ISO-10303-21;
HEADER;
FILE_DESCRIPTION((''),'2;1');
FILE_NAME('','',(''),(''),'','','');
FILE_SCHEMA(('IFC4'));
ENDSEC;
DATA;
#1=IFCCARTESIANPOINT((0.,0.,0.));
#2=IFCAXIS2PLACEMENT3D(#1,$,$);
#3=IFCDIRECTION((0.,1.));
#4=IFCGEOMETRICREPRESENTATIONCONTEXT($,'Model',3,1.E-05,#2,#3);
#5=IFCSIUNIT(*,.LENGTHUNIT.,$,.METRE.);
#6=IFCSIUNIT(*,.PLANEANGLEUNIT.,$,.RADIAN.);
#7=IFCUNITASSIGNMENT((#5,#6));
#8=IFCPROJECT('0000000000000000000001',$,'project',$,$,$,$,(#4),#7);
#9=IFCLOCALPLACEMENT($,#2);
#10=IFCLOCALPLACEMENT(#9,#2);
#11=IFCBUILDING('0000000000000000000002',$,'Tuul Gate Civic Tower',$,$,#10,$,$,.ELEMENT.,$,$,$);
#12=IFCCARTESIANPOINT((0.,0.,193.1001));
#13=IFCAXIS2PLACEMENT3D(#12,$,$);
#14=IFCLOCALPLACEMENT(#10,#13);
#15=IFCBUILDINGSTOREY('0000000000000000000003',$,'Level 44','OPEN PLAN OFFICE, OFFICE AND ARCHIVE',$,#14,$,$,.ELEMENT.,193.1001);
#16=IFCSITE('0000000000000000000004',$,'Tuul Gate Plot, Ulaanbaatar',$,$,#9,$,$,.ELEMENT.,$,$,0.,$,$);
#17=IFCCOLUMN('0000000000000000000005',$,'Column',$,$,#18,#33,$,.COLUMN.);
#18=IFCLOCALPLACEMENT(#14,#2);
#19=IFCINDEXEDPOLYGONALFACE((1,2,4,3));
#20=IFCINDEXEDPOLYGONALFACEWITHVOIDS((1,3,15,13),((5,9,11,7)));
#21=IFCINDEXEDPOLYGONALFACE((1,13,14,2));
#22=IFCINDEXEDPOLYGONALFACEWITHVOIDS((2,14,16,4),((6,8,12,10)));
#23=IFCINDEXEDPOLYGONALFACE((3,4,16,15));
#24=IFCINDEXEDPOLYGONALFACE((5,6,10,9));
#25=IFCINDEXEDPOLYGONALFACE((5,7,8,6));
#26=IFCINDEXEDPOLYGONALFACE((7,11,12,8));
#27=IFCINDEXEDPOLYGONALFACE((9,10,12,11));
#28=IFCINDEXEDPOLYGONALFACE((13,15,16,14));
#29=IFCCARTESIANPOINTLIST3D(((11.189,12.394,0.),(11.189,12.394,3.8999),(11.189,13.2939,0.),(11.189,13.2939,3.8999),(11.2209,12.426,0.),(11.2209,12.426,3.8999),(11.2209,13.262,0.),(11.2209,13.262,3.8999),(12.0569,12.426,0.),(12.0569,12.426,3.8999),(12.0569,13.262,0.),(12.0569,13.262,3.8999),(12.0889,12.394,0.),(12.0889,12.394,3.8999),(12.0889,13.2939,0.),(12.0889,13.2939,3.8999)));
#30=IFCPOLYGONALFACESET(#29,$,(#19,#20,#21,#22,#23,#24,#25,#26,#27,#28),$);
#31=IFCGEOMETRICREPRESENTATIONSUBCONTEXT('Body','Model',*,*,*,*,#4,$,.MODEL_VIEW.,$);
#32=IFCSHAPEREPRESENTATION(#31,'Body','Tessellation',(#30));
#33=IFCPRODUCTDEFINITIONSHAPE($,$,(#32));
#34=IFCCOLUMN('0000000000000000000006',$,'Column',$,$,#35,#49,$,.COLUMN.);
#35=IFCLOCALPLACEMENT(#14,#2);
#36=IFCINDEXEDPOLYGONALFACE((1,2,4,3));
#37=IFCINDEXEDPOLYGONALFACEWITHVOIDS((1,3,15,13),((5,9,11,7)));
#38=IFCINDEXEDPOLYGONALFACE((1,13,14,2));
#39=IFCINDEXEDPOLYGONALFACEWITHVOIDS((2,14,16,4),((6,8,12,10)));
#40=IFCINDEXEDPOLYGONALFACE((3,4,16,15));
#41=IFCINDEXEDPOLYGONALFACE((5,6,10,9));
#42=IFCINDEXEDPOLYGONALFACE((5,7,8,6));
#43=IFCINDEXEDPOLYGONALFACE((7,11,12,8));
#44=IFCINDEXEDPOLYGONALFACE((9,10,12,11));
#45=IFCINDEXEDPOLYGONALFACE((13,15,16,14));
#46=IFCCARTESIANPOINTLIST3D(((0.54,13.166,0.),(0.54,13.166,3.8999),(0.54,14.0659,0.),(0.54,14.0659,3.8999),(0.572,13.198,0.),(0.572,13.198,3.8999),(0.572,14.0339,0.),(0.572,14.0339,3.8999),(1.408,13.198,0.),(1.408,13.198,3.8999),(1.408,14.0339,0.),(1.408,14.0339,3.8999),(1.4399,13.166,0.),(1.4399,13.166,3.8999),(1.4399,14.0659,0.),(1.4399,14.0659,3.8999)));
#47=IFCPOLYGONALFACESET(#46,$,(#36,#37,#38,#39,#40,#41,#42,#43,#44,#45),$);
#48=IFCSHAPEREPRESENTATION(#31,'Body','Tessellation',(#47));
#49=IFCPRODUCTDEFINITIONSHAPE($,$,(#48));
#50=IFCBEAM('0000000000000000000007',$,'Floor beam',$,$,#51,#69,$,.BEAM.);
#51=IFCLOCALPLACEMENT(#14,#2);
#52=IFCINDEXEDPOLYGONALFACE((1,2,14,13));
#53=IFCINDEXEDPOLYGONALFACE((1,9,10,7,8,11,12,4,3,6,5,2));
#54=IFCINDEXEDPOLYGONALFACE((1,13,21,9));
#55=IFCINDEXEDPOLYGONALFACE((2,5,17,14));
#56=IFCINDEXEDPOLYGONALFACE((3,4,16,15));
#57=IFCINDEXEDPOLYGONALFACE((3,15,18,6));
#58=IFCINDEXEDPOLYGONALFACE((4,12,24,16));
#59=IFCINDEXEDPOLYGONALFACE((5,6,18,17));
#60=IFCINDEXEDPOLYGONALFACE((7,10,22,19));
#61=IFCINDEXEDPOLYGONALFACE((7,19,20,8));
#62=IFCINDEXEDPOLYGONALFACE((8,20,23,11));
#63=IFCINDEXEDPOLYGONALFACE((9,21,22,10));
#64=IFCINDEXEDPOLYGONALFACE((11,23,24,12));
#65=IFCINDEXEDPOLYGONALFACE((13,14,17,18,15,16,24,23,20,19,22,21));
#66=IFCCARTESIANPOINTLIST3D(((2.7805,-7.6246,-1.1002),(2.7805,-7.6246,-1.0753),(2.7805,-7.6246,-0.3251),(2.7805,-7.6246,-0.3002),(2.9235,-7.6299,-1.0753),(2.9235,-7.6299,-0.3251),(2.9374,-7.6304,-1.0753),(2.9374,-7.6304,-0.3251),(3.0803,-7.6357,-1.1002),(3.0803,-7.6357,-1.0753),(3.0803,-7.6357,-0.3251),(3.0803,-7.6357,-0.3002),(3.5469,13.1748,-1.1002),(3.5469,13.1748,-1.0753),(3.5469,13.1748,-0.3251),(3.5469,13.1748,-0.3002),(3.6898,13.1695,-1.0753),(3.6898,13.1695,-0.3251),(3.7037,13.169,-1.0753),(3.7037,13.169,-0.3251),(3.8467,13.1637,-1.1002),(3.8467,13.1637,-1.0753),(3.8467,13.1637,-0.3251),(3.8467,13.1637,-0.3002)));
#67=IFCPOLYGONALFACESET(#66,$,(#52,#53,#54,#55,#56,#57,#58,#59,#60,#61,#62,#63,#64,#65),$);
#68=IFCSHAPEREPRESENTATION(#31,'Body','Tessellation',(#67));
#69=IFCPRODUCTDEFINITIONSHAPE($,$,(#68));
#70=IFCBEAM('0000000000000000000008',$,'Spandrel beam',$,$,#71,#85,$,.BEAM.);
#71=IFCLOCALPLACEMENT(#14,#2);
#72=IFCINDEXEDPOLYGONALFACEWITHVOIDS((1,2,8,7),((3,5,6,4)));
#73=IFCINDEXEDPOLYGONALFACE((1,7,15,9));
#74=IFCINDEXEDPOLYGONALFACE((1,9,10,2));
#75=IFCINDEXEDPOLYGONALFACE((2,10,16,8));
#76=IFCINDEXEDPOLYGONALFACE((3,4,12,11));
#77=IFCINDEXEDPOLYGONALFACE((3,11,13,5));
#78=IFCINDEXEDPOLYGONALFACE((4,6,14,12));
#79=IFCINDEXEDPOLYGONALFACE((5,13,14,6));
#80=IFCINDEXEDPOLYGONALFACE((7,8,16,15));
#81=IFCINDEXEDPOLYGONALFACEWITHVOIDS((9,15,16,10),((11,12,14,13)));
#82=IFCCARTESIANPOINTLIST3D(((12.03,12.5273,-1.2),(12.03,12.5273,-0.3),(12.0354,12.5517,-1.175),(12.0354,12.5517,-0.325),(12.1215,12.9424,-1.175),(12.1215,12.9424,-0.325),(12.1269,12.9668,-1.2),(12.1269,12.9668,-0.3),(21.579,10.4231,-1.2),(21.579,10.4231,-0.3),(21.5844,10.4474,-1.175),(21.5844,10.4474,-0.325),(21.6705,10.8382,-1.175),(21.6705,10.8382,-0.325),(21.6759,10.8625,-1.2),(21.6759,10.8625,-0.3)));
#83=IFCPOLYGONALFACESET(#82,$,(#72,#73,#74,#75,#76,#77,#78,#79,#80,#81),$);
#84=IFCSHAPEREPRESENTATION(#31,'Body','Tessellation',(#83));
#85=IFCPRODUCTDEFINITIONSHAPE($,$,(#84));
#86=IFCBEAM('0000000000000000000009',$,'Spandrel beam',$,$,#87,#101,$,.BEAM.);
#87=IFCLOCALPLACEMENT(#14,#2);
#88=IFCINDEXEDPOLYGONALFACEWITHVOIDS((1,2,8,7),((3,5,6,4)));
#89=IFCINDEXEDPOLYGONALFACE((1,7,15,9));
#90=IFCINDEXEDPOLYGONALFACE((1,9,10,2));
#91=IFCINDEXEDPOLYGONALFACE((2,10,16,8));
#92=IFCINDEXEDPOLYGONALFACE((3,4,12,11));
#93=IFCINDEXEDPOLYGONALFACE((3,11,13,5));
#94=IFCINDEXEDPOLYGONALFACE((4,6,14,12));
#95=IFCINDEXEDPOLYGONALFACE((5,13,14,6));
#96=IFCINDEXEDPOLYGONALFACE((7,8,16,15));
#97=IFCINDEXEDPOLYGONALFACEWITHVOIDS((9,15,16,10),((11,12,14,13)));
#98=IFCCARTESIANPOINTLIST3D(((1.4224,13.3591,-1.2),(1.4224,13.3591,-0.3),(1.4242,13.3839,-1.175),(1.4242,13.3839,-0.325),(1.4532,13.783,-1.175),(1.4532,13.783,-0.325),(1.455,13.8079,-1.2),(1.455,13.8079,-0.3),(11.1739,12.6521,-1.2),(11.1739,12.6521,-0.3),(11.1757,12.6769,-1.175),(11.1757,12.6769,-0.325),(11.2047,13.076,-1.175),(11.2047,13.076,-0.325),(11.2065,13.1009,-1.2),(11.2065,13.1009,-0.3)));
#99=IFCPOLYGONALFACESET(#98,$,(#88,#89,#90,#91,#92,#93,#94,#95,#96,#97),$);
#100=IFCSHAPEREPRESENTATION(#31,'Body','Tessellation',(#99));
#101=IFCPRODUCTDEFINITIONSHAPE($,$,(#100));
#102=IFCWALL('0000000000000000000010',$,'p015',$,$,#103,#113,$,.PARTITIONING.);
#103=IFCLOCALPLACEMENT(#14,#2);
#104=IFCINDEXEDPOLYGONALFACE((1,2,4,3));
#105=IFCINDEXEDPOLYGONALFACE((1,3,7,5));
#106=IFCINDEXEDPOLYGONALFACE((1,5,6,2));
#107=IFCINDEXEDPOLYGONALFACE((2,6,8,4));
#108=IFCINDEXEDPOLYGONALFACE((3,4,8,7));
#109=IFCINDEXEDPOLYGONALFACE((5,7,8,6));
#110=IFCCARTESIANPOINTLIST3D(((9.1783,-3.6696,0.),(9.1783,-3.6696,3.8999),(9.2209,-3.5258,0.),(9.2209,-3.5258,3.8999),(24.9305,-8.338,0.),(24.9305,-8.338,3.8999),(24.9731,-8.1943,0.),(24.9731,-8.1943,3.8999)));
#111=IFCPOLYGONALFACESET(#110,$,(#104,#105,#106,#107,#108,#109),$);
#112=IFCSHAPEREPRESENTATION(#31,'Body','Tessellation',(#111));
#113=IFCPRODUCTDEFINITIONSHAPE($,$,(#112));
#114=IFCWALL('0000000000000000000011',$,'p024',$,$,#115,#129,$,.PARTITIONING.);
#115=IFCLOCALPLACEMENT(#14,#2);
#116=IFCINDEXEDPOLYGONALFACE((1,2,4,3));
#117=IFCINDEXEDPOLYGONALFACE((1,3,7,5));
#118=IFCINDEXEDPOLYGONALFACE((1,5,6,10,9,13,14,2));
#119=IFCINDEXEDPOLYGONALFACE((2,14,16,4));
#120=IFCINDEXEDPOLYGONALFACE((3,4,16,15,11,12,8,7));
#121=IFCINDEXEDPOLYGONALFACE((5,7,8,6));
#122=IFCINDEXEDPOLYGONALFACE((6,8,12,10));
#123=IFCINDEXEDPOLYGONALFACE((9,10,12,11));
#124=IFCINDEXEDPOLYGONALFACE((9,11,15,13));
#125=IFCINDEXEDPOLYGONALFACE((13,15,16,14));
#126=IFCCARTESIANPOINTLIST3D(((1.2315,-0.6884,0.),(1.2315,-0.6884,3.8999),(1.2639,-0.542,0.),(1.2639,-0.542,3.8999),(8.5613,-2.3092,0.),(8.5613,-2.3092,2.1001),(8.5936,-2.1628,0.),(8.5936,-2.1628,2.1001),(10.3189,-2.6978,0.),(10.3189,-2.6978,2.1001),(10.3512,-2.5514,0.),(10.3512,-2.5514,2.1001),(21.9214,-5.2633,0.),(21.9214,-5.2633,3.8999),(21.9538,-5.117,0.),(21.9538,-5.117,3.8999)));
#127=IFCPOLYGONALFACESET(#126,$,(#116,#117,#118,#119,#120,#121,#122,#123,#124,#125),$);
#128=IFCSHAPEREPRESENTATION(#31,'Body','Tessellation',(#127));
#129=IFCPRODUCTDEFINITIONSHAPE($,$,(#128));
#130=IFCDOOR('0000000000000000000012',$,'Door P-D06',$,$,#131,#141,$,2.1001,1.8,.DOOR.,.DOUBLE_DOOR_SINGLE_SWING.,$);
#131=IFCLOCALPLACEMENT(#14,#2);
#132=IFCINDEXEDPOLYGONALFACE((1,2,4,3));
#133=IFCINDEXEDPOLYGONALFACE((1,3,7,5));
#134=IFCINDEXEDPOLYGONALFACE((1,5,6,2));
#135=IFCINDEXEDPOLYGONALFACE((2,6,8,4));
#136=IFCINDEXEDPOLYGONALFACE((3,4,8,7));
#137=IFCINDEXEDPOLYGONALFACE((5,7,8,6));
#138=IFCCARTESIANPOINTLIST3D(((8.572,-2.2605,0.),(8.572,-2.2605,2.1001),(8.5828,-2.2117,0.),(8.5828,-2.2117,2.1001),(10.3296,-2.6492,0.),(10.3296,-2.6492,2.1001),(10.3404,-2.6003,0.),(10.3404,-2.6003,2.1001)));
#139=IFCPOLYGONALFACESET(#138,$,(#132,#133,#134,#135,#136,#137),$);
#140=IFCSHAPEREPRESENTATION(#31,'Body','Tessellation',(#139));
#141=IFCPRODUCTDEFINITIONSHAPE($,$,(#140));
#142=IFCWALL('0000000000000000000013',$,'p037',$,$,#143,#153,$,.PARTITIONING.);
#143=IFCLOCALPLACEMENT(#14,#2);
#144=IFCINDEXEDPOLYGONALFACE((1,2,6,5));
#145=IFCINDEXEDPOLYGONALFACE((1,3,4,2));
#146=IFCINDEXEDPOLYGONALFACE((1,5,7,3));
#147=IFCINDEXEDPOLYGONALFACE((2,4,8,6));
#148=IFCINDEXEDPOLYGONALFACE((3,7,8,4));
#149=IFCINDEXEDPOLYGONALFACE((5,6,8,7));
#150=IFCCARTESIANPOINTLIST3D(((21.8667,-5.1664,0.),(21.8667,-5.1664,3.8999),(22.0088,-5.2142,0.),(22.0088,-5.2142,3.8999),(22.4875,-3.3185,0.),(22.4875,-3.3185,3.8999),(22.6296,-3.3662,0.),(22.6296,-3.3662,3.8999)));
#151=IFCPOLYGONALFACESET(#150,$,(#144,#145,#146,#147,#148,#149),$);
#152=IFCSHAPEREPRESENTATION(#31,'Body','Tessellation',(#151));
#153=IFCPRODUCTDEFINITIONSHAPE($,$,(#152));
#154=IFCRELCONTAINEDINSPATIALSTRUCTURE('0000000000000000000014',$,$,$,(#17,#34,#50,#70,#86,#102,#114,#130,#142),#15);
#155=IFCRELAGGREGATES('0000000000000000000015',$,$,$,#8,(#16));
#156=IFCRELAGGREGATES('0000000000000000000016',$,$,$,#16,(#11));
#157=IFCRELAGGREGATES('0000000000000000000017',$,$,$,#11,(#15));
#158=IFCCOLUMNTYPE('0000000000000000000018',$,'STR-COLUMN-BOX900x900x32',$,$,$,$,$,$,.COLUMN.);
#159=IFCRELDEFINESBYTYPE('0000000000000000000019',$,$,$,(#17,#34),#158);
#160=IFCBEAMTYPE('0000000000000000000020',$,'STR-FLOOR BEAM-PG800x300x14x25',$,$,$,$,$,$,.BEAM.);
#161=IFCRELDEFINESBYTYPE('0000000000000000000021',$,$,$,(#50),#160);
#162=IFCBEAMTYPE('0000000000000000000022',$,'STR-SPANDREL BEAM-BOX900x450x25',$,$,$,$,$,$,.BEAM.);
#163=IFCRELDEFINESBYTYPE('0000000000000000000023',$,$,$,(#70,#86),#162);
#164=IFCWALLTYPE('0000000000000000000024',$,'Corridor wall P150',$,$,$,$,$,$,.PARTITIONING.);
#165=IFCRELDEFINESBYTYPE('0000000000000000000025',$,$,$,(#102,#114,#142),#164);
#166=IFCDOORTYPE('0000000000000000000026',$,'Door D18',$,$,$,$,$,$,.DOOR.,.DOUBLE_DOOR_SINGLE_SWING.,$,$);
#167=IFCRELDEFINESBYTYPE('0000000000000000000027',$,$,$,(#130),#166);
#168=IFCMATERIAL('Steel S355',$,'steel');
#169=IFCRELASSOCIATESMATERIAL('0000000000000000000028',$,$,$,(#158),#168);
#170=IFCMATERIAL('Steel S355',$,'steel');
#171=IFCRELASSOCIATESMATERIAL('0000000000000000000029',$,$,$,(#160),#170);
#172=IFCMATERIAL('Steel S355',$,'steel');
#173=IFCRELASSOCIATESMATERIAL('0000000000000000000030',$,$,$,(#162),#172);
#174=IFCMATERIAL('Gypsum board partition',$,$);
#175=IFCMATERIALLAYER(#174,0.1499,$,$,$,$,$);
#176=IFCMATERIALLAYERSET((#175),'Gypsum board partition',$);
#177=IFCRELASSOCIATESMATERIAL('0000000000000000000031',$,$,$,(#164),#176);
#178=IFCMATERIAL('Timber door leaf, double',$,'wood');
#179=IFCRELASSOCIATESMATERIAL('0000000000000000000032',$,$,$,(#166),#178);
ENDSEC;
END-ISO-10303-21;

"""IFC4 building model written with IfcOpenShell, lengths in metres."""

from ifc_helpers import new_model, si_unit, direction, frame, frame_2d, origin, origin_2d, place, context, subcontext, project, spatial, rectangle, hollow_rectangle, i_section, extrude, material, layer, layer_set, material_profile, profile_set, type_object, element, fill, save


model = new_model("IFC4")

# Units and contexts
model_context = context("Model", 3, precision=1e-05, world=origin(), true_north=direction((0.0, 1.0)))
body_context = subcontext(model_context, "Body", "Model", "MODEL_VIEW")
ifc_project = project(units=[si_unit("LENGTHUNIT", "METRE"), si_unit("PLANEANGLEUNIT", "RADIAN")], contexts=[model_context])

# Site, building, storey
site_placement = place(None, origin())
site = spatial("IfcSite", under=ifc_project, at=site_placement, Name="Tuul Gate Plot, Ulaanbaatar", CompositionType="ELEMENT", RefElevation=0.0)
building_placement = place(site_placement, origin())
building = spatial("IfcBuilding", under=site, at=building_placement, Name="Tuul Gate Civic Tower", CompositionType="ELEMENT")
storey_placement = place(building_placement, frame((0.0, 0.0, 193.1001)))
storey = spatial("IfcBuildingStorey", under=building, at=storey_placement, Name="Level 44", Description="OPEN PLAN OFFICE, OFFICE AND ARCHIVE", CompositionType="ELEMENT", Elevation=193.1001)

# Columns
ifc_material_1 = material(Name="Steel S355", Category="steel")
ifc_material_profile_1 = material_profile(ifc_material_1, hollow_rectangle(XDim=0.8999, YDim=0.8999, WallThickness=0.032, at=origin_2d()), Name="BOX900x900x32")
ifc_profile_set_1 = profile_set([ifc_material_profile_1], Name="Steel S355")
column_type = type_object("IfcColumnType", Name="STR-COLUMN-BOX900x900x32", PredefinedType="COLUMN", material=ifc_profile_set_1)
for number, where, z_axis, x_axis, name in (
    (1, (11.6389, 12.844, 0.0), (0.0, 0.0, 1.0), (1.0, 0.0, 0.0), "Column"),
    (2, (0.99, 13.616, 0.0), (0.0, 0.0, 1.0), (1.0, 0.0, 0.0), "Column"),
):
    element("IfcColumn", number, at=place(storey_placement, frame(where, z_axis=z_axis, x_axis=x_axis)), inside=storey, type_object=column_type, Name=name, PredefinedType="COLUMN", context=body_context, shape_type="SweptSolid", body=[
        extrude(hollow_rectangle(XDim=0.8999, YDim=0.8999, WallThickness=0.032, at=origin_2d()), origin(), (0.0, 0.0, 1.0), 3.8999),
    ])

# Beams
ifc_material_2 = material(Name="Steel S355", Category="steel")
ifc_material_profile_2 = material_profile(ifc_material_2, i_section(OverallWidth=0.3, OverallDepth=0.8, WebThickness=0.0139, FlangeThickness=0.0249, at=origin_2d()), Name="PG800x300x14x25")
ifc_profile_set_2 = profile_set([ifc_material_profile_2], Name="Steel S355")
beam_type_1 = type_object("IfcBeamType", Name="STR-FLOOR BEAM-PG800x300x14x25", PredefinedType="BEAM", material=ifc_profile_set_2)
beam_1_placement = place(storey_placement, frame((2.9304, -7.6301, -0.7002), z_axis=(0.03682, 0.999322, 0.0), x_axis=(-0.999322, 0.03682, 0.0)))
element("IfcBeam", 3, at=beam_1_placement, inside=storey, type_object=beam_type_1, Name="Floor beam", PredefinedType="BEAM", context=body_context, shape_type="SweptSolid", body=[
    extrude(i_section(OverallWidth=0.3, OverallDepth=0.8, WebThickness=0.0139, FlangeThickness=0.0249, at=origin_2d()), origin(), (0.0, 0.0, 1.0), 20.8135),
])
ifc_material_3 = material(Name="Steel S355", Category="steel")
ifc_material_profile_3 = material_profile(ifc_material_3, hollow_rectangle(XDim=0.45, YDim=0.8999, WallThickness=0.0249, at=origin_2d()), Name="BOX900x450x25")
ifc_profile_set_3 = profile_set([ifc_material_profile_3], Name="Steel S355")
beam_type_2 = type_object("IfcBeamType", Name="STR-SPANDREL BEAM-BOX900x450x25", PredefinedType="BEAM", material=ifc_profile_set_3)
beam_2_placement = place(storey_placement, frame((21.6274, 10.6428, -0.75), z_axis=(-0.97657, 0.215199, 0.0), x_axis=(-0.215199, -0.97657, 0.0)))
element("IfcBeam", 4, at=beam_2_placement, inside=storey, type_object=beam_type_2, Name="Spandrel beam", PredefinedType="BEAM", context=body_context, shape_type="SweptSolid", body=[
    extrude(hollow_rectangle(XDim=0.45, YDim=0.8999, WallThickness=0.0249, at=origin_2d()), origin(), (0.0, 0.0, 1.0), 9.7781),
])
beam_3_placement = place(storey_placement, frame((11.1902, 12.8765, -0.75), z_axis=(-0.997382, 0.072315, 0.0), x_axis=(-0.072315, -0.997382, 0.0)))
element("IfcBeam", 5, at=beam_3_placement, inside=storey, type_object=beam_type_2, Name="Spandrel beam", PredefinedType="BEAM", context=body_context, shape_type="SweptSolid", body=[
    extrude(hollow_rectangle(XDim=0.45, YDim=0.8999, WallThickness=0.0249, at=origin_2d()), origin(), (0.0, 0.0, 1.0), 9.7771),
])

# Wall
ifc_material_4 = material(Name="Gypsum board partition")
ifc_layer_1 = layer(ifc_material_4, 0.1499)
ifc_layer_set_1 = layer_set([ifc_layer_1], Name="Gypsum board partition")
wall_type_1 = type_object("IfcWallType", Name="Corridor wall P150", PredefinedType="PARTITIONING", material=ifc_layer_set_1)
wall_1_placement = place(storey_placement, frame((9.1995, -3.5977, 0.0), z_axis=(0.0, 0.0, 1.0), x_axis=(0.958779, -0.284152, 0.0)))
element("IfcWall", 6, at=wall_1_placement, inside=storey, type_object=wall_type_1, Name="p015", PredefinedType="PARTITIONING", context=body_context, shape_type="SweptSolid", body=[
    extrude(rectangle(XDim=16.4294, YDim=0.1499, at=frame_2d((8.2148, 0.0))), origin(), (0.0, 0.0, 1.0), 3.8999),
])

# Wall, opening, door
wall_2_placement = place(storey_placement, frame((1.2478, -0.6152, 0.0), z_axis=(0.0, 0.0, 1.0), x_axis=(0.976415, -0.215904, 0.0)))
wall_2 = element("IfcWall", 7, at=wall_2_placement, inside=storey, type_object=wall_type_1, Name="p024", PredefinedType="PARTITIONING", context=body_context, shape_type="SweptSolid", body=[
    extrude(rectangle(XDim=21.1897, YDim=0.1499, at=frame_2d((10.5947, 0.0))), origin(), (0.0, 0.0, 1.0), 3.8999),
])
opening_1_placement = place(wall_2_placement, frame((7.5068, 0.0, 0.0)))
opening_1 = element("IfcOpeningElement", 8, at=opening_1_placement, cuts=wall_2, PredefinedType="OPENING", context=body_context, shape_type="SweptSolid", body=[
    extrude(rectangle(XDim=1.8, YDim=2.1001, at=frame_2d((0.8999, 1.05))), frame((0.0, 0.085, 0.0), z_axis=(0.0, -1.0, 0.0), x_axis=(1.0, 0.0, 0.0)), (0.0, 0.0, 1.0), 0.1699),
])
ifc_material_5 = material(Name="Timber door leaf, double", Category="wood")
door_type = type_object("IfcDoorType", Name="Door D18", OperationType="DOUBLE_DOOR_SINGLE_SWING", PredefinedType="DOOR", material=ifc_material_5)
door_placement = place(opening_1_placement, origin())
door = element("IfcDoor", 9, at=door_placement, inside=storey, type_object=door_type, Name="Door P-D06", OperationType="DOUBLE_DOOR_SINGLE_SWING", OverallHeight=2.1001, OverallWidth=1.8, PredefinedType="DOOR", context=body_context, shape_type="SweptSolid", body=[
    extrude(rectangle(XDim=1.8, YDim=2.1001, at=frame_2d((0.8999, 1.05))), frame((0.0, 0.0249, 0.0), z_axis=(0.0, -1.0, 0.0), x_axis=(1.0, 0.0, 0.0)), (0.0, 0.0, 1.0), 0.05),
])
fill(opening_1, door)

# Wall
wall_3_placement = place(storey_placement, frame((21.9377, -5.1902, 0.0), z_axis=(0.0, 0.0, 1.0), x_axis=(0.318481, 0.947929, 0.0)))
element("IfcWall", 10, at=wall_3_placement, inside=storey, type_object=wall_type_1, Name="p037", PredefinedType="PARTITIONING", context=body_context, shape_type="SweptSolid", body=[
    extrude(rectangle(XDim=1.9495, YDim=0.1499, at=frame_2d((0.9746, 0.0))), origin(), (0.0, 0.0, 1.0), 3.8999),
])

save(model, "model.ifc")
